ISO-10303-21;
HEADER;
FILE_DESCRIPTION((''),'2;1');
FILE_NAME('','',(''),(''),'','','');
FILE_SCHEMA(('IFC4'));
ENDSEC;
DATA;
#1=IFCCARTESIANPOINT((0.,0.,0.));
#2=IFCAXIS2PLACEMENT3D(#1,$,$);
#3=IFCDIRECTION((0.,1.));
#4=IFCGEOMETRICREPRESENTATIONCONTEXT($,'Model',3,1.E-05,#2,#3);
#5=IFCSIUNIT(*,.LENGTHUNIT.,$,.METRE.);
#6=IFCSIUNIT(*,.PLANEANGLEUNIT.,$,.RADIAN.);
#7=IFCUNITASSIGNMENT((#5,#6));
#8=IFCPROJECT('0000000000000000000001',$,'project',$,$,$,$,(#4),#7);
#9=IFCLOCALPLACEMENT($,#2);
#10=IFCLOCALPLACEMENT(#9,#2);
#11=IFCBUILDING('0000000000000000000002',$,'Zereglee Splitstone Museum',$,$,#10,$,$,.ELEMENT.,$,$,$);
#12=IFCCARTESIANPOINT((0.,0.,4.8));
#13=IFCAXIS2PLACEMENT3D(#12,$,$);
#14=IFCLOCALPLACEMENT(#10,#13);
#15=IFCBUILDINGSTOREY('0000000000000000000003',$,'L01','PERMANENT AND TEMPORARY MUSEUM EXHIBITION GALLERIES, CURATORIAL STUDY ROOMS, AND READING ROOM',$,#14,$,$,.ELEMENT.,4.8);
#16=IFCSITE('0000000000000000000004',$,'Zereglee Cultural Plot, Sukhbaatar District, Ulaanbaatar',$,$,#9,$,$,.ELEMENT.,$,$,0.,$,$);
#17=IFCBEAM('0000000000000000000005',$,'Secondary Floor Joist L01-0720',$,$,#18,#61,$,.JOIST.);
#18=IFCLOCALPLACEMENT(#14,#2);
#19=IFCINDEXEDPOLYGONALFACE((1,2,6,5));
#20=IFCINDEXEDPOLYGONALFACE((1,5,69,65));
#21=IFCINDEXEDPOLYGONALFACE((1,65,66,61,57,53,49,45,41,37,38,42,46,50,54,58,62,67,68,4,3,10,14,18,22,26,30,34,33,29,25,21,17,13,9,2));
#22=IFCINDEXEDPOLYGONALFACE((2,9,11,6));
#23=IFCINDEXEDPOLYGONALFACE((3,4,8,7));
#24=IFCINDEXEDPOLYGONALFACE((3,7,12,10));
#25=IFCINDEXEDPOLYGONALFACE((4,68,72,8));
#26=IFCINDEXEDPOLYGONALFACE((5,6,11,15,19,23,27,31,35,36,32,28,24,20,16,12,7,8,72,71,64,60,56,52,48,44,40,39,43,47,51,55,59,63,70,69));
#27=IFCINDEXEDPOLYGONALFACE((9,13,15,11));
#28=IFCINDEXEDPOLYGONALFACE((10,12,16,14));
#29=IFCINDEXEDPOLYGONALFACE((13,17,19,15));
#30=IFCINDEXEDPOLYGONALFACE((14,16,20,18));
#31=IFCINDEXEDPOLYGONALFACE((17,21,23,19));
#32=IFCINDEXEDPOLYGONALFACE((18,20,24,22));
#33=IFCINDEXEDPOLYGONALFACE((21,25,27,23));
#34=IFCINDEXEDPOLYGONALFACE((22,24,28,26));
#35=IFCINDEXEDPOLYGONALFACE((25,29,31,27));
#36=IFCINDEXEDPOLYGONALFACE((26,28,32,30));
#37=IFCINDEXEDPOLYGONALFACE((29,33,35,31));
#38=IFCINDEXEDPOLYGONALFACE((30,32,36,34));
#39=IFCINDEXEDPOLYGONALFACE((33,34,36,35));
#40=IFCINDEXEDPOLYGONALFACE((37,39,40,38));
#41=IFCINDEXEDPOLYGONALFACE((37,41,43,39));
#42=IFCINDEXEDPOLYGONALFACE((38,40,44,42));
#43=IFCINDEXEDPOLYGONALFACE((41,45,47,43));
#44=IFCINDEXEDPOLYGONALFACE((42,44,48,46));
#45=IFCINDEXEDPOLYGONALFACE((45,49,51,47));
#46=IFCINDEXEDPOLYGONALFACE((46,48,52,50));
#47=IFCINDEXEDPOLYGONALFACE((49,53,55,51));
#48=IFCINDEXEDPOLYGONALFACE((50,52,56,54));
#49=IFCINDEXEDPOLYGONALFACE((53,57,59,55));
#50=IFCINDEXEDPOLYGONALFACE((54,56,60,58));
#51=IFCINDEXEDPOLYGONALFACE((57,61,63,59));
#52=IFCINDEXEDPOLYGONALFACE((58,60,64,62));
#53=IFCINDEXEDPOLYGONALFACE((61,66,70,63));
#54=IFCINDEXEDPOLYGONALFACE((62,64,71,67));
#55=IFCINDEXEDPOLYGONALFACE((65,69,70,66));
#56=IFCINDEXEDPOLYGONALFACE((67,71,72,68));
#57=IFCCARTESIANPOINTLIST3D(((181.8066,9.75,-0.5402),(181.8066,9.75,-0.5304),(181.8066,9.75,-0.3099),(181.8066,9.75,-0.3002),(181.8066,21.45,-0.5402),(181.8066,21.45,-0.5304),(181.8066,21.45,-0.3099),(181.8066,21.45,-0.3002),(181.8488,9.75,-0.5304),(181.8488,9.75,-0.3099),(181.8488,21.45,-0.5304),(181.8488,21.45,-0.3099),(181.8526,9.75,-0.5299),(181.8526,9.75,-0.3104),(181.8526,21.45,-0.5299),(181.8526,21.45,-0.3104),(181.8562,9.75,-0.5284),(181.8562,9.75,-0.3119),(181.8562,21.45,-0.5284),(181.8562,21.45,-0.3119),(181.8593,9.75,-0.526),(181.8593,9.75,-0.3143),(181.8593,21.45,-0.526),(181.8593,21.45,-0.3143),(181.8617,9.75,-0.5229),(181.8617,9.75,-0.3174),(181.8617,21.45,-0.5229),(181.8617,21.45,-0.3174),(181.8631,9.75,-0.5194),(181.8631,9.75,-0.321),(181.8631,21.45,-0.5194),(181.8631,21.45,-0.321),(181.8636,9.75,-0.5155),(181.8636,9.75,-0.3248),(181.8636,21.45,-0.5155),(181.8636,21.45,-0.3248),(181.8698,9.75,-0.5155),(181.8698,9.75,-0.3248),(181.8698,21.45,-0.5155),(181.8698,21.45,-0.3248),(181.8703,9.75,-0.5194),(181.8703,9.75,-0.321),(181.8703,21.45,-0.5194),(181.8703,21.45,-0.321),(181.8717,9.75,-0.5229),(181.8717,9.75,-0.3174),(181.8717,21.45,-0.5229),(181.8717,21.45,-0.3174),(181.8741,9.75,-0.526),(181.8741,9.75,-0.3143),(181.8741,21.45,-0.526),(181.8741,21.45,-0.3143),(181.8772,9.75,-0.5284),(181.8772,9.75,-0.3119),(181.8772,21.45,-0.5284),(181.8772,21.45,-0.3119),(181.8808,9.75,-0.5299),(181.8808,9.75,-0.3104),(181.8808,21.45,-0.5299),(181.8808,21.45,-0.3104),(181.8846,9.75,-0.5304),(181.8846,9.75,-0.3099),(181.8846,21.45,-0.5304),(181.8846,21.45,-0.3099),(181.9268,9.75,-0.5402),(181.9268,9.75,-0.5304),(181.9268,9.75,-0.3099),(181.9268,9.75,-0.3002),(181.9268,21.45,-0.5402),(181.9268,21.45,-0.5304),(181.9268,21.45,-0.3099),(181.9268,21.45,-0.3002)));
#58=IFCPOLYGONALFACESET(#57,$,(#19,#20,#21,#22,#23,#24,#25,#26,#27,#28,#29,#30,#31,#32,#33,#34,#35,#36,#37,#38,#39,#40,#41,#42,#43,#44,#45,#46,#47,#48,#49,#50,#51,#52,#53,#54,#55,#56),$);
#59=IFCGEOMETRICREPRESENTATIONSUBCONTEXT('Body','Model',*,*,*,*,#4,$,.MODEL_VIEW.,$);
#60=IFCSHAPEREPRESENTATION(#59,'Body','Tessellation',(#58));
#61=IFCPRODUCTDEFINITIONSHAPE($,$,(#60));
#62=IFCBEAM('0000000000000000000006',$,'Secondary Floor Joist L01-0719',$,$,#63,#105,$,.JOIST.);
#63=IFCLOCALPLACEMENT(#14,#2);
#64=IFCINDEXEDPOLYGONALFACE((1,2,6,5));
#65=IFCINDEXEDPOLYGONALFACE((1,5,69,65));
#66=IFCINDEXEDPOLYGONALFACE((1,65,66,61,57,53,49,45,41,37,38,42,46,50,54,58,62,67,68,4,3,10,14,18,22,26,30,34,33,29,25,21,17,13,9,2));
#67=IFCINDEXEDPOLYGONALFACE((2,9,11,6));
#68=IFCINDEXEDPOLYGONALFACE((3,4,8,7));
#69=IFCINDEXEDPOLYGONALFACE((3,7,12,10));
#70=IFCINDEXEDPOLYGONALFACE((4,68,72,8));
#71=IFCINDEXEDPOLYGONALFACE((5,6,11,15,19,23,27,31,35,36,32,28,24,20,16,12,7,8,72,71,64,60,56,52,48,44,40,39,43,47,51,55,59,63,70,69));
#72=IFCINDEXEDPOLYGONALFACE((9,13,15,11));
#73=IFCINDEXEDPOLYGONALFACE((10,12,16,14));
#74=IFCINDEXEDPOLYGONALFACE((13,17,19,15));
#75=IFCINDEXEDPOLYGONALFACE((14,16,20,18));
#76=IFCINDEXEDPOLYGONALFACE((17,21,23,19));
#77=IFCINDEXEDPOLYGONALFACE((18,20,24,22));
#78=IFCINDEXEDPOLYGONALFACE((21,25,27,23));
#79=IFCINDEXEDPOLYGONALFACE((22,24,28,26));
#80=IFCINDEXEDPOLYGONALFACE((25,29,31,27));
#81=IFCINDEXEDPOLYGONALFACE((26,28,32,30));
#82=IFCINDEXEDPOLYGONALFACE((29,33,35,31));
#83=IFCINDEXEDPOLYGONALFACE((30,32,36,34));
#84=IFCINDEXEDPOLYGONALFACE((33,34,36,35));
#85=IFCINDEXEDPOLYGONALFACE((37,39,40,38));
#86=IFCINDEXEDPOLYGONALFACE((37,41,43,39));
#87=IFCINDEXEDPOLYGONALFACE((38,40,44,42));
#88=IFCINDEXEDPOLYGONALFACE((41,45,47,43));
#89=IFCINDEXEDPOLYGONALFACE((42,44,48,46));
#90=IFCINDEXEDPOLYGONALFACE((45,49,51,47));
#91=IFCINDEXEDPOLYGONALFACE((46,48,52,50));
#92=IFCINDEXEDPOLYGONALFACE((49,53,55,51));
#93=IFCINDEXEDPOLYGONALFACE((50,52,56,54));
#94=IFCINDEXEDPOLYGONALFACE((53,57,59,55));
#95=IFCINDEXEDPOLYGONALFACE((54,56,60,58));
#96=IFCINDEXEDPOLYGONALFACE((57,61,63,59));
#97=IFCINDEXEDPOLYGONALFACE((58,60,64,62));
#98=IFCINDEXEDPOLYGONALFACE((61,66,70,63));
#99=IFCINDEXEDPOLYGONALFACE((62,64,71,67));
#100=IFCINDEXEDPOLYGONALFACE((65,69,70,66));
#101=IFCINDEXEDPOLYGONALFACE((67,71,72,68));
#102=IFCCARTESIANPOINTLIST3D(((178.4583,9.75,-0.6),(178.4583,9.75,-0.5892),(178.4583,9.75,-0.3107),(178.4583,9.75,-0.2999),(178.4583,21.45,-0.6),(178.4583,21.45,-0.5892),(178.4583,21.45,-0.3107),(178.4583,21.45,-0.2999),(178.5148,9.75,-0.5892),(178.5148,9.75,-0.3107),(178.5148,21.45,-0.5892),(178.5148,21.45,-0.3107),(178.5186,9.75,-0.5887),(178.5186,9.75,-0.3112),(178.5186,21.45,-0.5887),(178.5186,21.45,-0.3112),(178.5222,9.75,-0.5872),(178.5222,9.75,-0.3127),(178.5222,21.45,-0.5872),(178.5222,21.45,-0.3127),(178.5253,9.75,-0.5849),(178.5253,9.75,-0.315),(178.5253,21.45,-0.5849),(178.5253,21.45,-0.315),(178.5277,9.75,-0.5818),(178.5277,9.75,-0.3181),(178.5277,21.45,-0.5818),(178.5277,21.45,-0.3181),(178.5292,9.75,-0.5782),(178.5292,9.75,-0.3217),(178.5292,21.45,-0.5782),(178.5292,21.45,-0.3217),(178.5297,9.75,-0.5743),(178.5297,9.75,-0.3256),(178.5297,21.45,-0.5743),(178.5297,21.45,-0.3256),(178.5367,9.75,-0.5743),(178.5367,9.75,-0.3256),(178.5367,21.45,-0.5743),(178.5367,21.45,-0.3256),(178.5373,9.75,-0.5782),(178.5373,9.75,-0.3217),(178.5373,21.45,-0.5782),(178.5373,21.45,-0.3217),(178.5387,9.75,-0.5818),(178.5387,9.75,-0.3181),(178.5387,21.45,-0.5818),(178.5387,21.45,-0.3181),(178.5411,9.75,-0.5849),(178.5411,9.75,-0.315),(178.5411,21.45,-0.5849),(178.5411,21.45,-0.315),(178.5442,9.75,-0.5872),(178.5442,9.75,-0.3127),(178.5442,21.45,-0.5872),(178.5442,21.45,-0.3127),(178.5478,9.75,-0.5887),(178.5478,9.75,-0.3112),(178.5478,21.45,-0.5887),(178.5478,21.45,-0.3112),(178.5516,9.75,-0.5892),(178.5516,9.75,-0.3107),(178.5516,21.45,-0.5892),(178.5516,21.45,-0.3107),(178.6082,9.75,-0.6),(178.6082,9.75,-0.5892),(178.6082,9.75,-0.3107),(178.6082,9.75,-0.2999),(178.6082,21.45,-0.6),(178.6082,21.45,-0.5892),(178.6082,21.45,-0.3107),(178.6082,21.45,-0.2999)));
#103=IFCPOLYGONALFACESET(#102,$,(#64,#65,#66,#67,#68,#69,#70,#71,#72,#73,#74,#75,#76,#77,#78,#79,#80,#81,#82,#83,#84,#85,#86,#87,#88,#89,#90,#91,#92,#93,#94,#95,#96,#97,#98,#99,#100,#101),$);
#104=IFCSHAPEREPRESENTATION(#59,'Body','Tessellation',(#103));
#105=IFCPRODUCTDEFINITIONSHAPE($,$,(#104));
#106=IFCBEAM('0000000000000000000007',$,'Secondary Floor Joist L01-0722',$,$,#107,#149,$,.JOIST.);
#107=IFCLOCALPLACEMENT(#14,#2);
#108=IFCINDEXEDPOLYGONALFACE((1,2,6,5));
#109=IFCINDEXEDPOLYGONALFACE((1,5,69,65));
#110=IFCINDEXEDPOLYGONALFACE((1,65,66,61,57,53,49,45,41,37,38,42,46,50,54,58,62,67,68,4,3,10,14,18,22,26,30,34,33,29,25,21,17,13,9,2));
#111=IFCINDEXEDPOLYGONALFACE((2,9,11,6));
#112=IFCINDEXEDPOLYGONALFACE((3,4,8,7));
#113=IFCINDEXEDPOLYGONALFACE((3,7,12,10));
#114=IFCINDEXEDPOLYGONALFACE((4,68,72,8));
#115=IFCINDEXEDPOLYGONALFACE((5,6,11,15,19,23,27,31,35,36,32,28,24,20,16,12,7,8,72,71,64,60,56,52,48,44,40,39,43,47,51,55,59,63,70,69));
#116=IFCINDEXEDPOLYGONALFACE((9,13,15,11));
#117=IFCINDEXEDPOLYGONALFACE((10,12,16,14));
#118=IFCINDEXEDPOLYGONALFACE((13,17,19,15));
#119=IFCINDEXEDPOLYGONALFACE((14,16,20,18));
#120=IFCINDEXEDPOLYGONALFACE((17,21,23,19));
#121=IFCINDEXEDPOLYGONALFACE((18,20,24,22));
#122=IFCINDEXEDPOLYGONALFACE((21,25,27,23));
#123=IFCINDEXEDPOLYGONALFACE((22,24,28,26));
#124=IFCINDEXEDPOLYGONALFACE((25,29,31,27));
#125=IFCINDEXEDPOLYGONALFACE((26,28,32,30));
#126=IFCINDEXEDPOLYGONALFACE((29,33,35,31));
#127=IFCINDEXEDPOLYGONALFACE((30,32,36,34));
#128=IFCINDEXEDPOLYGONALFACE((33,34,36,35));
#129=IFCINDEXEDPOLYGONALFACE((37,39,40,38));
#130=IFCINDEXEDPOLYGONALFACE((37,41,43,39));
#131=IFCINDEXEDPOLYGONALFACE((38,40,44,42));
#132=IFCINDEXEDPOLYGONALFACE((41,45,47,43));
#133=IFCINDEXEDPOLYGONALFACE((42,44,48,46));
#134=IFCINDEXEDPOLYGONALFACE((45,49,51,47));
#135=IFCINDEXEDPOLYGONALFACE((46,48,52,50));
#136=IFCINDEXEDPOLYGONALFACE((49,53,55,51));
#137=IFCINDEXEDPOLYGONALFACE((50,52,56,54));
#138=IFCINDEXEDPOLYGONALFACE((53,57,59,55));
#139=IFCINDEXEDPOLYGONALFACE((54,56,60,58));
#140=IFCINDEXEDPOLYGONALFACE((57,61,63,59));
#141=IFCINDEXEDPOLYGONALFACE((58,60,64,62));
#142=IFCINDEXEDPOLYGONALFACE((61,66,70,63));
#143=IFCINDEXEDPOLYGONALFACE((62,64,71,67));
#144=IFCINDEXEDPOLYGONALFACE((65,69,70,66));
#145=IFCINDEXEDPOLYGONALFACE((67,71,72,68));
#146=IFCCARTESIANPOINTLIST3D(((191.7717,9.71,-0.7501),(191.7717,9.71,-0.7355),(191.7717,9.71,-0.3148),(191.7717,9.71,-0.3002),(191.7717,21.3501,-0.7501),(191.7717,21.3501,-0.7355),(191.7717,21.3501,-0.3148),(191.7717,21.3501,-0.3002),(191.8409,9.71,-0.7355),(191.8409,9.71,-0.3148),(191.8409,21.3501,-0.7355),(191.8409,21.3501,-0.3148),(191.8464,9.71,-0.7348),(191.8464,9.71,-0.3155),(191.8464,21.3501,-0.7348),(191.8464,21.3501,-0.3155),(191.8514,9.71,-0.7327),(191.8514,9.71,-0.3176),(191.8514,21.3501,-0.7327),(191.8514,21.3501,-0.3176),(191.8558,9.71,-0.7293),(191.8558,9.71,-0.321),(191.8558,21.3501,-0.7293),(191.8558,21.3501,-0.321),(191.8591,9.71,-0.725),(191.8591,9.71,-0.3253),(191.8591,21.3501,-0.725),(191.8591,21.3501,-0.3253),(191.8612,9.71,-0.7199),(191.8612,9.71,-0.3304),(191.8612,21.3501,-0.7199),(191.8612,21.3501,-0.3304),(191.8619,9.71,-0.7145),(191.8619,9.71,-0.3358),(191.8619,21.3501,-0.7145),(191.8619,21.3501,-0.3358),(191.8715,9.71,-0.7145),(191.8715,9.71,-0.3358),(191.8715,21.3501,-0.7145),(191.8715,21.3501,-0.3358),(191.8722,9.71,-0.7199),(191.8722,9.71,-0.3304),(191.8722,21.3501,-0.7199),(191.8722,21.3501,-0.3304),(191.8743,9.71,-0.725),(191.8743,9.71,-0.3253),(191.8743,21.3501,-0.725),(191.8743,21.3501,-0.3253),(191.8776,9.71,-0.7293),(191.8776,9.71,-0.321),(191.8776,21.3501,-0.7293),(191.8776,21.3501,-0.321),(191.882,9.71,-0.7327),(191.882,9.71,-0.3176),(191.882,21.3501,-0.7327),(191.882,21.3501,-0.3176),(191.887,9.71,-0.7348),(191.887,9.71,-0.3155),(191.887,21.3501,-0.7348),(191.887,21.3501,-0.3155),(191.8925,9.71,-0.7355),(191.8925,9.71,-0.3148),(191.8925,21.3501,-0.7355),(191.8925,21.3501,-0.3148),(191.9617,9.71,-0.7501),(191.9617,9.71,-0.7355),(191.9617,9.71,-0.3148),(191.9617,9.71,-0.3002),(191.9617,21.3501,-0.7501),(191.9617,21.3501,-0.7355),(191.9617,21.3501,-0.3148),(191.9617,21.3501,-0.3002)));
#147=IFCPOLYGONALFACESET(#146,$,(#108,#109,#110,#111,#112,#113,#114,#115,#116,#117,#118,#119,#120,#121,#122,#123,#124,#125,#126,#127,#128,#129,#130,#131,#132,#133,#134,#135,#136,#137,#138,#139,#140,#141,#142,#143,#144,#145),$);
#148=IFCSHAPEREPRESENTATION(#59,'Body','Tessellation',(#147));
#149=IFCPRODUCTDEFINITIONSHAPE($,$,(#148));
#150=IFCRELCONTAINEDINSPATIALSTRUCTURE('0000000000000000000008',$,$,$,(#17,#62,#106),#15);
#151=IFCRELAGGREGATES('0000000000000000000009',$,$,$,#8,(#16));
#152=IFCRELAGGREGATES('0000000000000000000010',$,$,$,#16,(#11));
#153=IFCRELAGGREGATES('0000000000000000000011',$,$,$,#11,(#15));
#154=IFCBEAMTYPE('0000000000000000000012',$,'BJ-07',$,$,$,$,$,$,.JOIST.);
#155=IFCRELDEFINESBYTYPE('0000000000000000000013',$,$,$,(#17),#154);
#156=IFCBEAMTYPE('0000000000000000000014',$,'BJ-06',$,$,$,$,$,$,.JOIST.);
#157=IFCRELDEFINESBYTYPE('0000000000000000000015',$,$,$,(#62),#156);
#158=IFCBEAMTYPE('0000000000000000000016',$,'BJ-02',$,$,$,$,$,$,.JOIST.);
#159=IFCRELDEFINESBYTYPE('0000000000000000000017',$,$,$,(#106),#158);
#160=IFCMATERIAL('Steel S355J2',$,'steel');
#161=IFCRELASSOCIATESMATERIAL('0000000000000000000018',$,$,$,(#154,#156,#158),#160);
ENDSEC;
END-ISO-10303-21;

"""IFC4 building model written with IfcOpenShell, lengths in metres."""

from ifc_helpers import new_model, si_unit, direction, frame, origin, origin_2d, place, context, subcontext, project, spatial, i_section, extrude, material, material_profile, profile_set, type_object, element, save


model = new_model("IFC4")

# Units and contexts
model_context = context("Model", 3, precision=1e-05, world=origin(), true_north=direction((0.0, 1.0)))
body_context = subcontext(model_context, "Body", "Model", "MODEL_VIEW")
ifc_project = project(units=[si_unit("LENGTHUNIT", "METRE"), si_unit("PLANEANGLEUNIT", "RADIAN")], contexts=[model_context])

# Site, building, storey
site_placement = place(None, origin())
site = spatial("IfcSite", under=ifc_project, at=site_placement, Name="Zereglee Cultural Plot, Sukhbaatar District, Ulaanbaatar", CompositionType="ELEMENT", RefElevation=0.0)
building_placement = place(site_placement, origin())
building = spatial("IfcBuilding", under=site, at=building_placement, Name="Zereglee Splitstone Museum", CompositionType="ELEMENT")
storey_placement = place(building_placement, frame((0.0, 0.0, 4.8)))
storey = spatial("IfcBuildingStorey", under=building, at=storey_placement, Name="L01", Description="PERMANENT AND TEMPORARY MUSEUM EXHIBITION GALLERIES, CURATORIAL STUDY ROOMS, AND READING ROOM", CompositionType="ELEMENT", Elevation=4.8)

# Shared definitions
ifc_material_1 = material(Name="Steel S355J2", Category="steel")

# Beams
ifc_material_profile_1 = material_profile(ifc_material_1, i_section(OverallWidth=0.1201, OverallDepth=0.24, WebThickness=0.0061, FlangeThickness=0.0098, FilletRadius=0.0149, at=origin_2d()), Name="IPE 240")
ifc_profile_set_1 = profile_set([ifc_material_profile_1], Name="Steel S355J2")
beam_type_1 = type_object("IfcBeamType", Name="BJ-07", PredefinedType="JOIST", material=ifc_profile_set_1)
beam_1_placement = place(storey_placement, frame((181.8667, 9.75, -0.4202), z_axis=(0.0, 1.0, 0.0), x_axis=(-1.0, 0.0, 0.0)))
element("IfcBeam", 1, at=beam_1_placement, inside=storey, type_object=beam_type_1, Name="Secondary Floor Joist L01-0720", PredefinedType="JOIST", context=body_context, shape_type="SweptSolid", body=[
    extrude(i_section(OverallWidth=0.1201, OverallDepth=0.24, WebThickness=0.0061, FlangeThickness=0.0098, FilletRadius=0.0149, at=origin_2d()), origin(), (0.0, 0.0, 1.0), 11.7),
])
ifc_material_profile_2 = material_profile(ifc_material_1, i_section(OverallWidth=0.1499, OverallDepth=0.3, WebThickness=0.0071, FlangeThickness=0.0107, FilletRadius=0.0149, at=origin_2d()), Name="IPE 300")
ifc_profile_set_2 = profile_set([ifc_material_profile_2], Name="Steel S355J2")
beam_type_2 = type_object("IfcBeamType", Name="BJ-06", PredefinedType="JOIST", material=ifc_profile_set_2)
beam_2_placement = place(storey_placement, frame((178.5332, 9.75, -0.45), z_axis=(0.0, 1.0, 0.0), x_axis=(-1.0, 0.0, 0.0)))
element("IfcBeam", 2, at=beam_2_placement, inside=storey, type_object=beam_type_2, Name="Secondary Floor Joist L01-0719", PredefinedType="JOIST", context=body_context, shape_type="SweptSolid", body=[
    extrude(i_section(OverallWidth=0.1499, OverallDepth=0.3, WebThickness=0.0071, FlangeThickness=0.0107, FilletRadius=0.0149, at=origin_2d()), origin(), (0.0, 0.0, 1.0), 11.7),
])
ifc_material_profile_3 = material_profile(ifc_material_1, i_section(OverallWidth=0.1899, OverallDepth=0.45, WebThickness=0.0095, FlangeThickness=0.0146, FilletRadius=0.021, at=origin_2d()), Name="IPE 450")
ifc_profile_set_3 = profile_set([ifc_material_profile_3], Name="Steel S355J2")
beam_type_3 = type_object("IfcBeamType", Name="BJ-02", PredefinedType="JOIST", material=ifc_profile_set_3)
beam_3_placement = place(storey_placement, frame((191.8667, 9.71, -0.5251), z_axis=(0.0, 1.0, 0.0), x_axis=(-1.0, 0.0, 0.0)))
element("IfcBeam", 3, at=beam_3_placement, inside=storey, type_object=beam_type_3, Name="Secondary Floor Joist L01-0722", PredefinedType="JOIST", context=body_context, shape_type="SweptSolid", body=[
    extrude(i_section(OverallWidth=0.1899, OverallDepth=0.45, WebThickness=0.0095, FlangeThickness=0.0146, FilletRadius=0.021, at=origin_2d()), origin(), (0.0, 0.0, 1.0), 11.6401),
])

save(model, "model.ifc")
